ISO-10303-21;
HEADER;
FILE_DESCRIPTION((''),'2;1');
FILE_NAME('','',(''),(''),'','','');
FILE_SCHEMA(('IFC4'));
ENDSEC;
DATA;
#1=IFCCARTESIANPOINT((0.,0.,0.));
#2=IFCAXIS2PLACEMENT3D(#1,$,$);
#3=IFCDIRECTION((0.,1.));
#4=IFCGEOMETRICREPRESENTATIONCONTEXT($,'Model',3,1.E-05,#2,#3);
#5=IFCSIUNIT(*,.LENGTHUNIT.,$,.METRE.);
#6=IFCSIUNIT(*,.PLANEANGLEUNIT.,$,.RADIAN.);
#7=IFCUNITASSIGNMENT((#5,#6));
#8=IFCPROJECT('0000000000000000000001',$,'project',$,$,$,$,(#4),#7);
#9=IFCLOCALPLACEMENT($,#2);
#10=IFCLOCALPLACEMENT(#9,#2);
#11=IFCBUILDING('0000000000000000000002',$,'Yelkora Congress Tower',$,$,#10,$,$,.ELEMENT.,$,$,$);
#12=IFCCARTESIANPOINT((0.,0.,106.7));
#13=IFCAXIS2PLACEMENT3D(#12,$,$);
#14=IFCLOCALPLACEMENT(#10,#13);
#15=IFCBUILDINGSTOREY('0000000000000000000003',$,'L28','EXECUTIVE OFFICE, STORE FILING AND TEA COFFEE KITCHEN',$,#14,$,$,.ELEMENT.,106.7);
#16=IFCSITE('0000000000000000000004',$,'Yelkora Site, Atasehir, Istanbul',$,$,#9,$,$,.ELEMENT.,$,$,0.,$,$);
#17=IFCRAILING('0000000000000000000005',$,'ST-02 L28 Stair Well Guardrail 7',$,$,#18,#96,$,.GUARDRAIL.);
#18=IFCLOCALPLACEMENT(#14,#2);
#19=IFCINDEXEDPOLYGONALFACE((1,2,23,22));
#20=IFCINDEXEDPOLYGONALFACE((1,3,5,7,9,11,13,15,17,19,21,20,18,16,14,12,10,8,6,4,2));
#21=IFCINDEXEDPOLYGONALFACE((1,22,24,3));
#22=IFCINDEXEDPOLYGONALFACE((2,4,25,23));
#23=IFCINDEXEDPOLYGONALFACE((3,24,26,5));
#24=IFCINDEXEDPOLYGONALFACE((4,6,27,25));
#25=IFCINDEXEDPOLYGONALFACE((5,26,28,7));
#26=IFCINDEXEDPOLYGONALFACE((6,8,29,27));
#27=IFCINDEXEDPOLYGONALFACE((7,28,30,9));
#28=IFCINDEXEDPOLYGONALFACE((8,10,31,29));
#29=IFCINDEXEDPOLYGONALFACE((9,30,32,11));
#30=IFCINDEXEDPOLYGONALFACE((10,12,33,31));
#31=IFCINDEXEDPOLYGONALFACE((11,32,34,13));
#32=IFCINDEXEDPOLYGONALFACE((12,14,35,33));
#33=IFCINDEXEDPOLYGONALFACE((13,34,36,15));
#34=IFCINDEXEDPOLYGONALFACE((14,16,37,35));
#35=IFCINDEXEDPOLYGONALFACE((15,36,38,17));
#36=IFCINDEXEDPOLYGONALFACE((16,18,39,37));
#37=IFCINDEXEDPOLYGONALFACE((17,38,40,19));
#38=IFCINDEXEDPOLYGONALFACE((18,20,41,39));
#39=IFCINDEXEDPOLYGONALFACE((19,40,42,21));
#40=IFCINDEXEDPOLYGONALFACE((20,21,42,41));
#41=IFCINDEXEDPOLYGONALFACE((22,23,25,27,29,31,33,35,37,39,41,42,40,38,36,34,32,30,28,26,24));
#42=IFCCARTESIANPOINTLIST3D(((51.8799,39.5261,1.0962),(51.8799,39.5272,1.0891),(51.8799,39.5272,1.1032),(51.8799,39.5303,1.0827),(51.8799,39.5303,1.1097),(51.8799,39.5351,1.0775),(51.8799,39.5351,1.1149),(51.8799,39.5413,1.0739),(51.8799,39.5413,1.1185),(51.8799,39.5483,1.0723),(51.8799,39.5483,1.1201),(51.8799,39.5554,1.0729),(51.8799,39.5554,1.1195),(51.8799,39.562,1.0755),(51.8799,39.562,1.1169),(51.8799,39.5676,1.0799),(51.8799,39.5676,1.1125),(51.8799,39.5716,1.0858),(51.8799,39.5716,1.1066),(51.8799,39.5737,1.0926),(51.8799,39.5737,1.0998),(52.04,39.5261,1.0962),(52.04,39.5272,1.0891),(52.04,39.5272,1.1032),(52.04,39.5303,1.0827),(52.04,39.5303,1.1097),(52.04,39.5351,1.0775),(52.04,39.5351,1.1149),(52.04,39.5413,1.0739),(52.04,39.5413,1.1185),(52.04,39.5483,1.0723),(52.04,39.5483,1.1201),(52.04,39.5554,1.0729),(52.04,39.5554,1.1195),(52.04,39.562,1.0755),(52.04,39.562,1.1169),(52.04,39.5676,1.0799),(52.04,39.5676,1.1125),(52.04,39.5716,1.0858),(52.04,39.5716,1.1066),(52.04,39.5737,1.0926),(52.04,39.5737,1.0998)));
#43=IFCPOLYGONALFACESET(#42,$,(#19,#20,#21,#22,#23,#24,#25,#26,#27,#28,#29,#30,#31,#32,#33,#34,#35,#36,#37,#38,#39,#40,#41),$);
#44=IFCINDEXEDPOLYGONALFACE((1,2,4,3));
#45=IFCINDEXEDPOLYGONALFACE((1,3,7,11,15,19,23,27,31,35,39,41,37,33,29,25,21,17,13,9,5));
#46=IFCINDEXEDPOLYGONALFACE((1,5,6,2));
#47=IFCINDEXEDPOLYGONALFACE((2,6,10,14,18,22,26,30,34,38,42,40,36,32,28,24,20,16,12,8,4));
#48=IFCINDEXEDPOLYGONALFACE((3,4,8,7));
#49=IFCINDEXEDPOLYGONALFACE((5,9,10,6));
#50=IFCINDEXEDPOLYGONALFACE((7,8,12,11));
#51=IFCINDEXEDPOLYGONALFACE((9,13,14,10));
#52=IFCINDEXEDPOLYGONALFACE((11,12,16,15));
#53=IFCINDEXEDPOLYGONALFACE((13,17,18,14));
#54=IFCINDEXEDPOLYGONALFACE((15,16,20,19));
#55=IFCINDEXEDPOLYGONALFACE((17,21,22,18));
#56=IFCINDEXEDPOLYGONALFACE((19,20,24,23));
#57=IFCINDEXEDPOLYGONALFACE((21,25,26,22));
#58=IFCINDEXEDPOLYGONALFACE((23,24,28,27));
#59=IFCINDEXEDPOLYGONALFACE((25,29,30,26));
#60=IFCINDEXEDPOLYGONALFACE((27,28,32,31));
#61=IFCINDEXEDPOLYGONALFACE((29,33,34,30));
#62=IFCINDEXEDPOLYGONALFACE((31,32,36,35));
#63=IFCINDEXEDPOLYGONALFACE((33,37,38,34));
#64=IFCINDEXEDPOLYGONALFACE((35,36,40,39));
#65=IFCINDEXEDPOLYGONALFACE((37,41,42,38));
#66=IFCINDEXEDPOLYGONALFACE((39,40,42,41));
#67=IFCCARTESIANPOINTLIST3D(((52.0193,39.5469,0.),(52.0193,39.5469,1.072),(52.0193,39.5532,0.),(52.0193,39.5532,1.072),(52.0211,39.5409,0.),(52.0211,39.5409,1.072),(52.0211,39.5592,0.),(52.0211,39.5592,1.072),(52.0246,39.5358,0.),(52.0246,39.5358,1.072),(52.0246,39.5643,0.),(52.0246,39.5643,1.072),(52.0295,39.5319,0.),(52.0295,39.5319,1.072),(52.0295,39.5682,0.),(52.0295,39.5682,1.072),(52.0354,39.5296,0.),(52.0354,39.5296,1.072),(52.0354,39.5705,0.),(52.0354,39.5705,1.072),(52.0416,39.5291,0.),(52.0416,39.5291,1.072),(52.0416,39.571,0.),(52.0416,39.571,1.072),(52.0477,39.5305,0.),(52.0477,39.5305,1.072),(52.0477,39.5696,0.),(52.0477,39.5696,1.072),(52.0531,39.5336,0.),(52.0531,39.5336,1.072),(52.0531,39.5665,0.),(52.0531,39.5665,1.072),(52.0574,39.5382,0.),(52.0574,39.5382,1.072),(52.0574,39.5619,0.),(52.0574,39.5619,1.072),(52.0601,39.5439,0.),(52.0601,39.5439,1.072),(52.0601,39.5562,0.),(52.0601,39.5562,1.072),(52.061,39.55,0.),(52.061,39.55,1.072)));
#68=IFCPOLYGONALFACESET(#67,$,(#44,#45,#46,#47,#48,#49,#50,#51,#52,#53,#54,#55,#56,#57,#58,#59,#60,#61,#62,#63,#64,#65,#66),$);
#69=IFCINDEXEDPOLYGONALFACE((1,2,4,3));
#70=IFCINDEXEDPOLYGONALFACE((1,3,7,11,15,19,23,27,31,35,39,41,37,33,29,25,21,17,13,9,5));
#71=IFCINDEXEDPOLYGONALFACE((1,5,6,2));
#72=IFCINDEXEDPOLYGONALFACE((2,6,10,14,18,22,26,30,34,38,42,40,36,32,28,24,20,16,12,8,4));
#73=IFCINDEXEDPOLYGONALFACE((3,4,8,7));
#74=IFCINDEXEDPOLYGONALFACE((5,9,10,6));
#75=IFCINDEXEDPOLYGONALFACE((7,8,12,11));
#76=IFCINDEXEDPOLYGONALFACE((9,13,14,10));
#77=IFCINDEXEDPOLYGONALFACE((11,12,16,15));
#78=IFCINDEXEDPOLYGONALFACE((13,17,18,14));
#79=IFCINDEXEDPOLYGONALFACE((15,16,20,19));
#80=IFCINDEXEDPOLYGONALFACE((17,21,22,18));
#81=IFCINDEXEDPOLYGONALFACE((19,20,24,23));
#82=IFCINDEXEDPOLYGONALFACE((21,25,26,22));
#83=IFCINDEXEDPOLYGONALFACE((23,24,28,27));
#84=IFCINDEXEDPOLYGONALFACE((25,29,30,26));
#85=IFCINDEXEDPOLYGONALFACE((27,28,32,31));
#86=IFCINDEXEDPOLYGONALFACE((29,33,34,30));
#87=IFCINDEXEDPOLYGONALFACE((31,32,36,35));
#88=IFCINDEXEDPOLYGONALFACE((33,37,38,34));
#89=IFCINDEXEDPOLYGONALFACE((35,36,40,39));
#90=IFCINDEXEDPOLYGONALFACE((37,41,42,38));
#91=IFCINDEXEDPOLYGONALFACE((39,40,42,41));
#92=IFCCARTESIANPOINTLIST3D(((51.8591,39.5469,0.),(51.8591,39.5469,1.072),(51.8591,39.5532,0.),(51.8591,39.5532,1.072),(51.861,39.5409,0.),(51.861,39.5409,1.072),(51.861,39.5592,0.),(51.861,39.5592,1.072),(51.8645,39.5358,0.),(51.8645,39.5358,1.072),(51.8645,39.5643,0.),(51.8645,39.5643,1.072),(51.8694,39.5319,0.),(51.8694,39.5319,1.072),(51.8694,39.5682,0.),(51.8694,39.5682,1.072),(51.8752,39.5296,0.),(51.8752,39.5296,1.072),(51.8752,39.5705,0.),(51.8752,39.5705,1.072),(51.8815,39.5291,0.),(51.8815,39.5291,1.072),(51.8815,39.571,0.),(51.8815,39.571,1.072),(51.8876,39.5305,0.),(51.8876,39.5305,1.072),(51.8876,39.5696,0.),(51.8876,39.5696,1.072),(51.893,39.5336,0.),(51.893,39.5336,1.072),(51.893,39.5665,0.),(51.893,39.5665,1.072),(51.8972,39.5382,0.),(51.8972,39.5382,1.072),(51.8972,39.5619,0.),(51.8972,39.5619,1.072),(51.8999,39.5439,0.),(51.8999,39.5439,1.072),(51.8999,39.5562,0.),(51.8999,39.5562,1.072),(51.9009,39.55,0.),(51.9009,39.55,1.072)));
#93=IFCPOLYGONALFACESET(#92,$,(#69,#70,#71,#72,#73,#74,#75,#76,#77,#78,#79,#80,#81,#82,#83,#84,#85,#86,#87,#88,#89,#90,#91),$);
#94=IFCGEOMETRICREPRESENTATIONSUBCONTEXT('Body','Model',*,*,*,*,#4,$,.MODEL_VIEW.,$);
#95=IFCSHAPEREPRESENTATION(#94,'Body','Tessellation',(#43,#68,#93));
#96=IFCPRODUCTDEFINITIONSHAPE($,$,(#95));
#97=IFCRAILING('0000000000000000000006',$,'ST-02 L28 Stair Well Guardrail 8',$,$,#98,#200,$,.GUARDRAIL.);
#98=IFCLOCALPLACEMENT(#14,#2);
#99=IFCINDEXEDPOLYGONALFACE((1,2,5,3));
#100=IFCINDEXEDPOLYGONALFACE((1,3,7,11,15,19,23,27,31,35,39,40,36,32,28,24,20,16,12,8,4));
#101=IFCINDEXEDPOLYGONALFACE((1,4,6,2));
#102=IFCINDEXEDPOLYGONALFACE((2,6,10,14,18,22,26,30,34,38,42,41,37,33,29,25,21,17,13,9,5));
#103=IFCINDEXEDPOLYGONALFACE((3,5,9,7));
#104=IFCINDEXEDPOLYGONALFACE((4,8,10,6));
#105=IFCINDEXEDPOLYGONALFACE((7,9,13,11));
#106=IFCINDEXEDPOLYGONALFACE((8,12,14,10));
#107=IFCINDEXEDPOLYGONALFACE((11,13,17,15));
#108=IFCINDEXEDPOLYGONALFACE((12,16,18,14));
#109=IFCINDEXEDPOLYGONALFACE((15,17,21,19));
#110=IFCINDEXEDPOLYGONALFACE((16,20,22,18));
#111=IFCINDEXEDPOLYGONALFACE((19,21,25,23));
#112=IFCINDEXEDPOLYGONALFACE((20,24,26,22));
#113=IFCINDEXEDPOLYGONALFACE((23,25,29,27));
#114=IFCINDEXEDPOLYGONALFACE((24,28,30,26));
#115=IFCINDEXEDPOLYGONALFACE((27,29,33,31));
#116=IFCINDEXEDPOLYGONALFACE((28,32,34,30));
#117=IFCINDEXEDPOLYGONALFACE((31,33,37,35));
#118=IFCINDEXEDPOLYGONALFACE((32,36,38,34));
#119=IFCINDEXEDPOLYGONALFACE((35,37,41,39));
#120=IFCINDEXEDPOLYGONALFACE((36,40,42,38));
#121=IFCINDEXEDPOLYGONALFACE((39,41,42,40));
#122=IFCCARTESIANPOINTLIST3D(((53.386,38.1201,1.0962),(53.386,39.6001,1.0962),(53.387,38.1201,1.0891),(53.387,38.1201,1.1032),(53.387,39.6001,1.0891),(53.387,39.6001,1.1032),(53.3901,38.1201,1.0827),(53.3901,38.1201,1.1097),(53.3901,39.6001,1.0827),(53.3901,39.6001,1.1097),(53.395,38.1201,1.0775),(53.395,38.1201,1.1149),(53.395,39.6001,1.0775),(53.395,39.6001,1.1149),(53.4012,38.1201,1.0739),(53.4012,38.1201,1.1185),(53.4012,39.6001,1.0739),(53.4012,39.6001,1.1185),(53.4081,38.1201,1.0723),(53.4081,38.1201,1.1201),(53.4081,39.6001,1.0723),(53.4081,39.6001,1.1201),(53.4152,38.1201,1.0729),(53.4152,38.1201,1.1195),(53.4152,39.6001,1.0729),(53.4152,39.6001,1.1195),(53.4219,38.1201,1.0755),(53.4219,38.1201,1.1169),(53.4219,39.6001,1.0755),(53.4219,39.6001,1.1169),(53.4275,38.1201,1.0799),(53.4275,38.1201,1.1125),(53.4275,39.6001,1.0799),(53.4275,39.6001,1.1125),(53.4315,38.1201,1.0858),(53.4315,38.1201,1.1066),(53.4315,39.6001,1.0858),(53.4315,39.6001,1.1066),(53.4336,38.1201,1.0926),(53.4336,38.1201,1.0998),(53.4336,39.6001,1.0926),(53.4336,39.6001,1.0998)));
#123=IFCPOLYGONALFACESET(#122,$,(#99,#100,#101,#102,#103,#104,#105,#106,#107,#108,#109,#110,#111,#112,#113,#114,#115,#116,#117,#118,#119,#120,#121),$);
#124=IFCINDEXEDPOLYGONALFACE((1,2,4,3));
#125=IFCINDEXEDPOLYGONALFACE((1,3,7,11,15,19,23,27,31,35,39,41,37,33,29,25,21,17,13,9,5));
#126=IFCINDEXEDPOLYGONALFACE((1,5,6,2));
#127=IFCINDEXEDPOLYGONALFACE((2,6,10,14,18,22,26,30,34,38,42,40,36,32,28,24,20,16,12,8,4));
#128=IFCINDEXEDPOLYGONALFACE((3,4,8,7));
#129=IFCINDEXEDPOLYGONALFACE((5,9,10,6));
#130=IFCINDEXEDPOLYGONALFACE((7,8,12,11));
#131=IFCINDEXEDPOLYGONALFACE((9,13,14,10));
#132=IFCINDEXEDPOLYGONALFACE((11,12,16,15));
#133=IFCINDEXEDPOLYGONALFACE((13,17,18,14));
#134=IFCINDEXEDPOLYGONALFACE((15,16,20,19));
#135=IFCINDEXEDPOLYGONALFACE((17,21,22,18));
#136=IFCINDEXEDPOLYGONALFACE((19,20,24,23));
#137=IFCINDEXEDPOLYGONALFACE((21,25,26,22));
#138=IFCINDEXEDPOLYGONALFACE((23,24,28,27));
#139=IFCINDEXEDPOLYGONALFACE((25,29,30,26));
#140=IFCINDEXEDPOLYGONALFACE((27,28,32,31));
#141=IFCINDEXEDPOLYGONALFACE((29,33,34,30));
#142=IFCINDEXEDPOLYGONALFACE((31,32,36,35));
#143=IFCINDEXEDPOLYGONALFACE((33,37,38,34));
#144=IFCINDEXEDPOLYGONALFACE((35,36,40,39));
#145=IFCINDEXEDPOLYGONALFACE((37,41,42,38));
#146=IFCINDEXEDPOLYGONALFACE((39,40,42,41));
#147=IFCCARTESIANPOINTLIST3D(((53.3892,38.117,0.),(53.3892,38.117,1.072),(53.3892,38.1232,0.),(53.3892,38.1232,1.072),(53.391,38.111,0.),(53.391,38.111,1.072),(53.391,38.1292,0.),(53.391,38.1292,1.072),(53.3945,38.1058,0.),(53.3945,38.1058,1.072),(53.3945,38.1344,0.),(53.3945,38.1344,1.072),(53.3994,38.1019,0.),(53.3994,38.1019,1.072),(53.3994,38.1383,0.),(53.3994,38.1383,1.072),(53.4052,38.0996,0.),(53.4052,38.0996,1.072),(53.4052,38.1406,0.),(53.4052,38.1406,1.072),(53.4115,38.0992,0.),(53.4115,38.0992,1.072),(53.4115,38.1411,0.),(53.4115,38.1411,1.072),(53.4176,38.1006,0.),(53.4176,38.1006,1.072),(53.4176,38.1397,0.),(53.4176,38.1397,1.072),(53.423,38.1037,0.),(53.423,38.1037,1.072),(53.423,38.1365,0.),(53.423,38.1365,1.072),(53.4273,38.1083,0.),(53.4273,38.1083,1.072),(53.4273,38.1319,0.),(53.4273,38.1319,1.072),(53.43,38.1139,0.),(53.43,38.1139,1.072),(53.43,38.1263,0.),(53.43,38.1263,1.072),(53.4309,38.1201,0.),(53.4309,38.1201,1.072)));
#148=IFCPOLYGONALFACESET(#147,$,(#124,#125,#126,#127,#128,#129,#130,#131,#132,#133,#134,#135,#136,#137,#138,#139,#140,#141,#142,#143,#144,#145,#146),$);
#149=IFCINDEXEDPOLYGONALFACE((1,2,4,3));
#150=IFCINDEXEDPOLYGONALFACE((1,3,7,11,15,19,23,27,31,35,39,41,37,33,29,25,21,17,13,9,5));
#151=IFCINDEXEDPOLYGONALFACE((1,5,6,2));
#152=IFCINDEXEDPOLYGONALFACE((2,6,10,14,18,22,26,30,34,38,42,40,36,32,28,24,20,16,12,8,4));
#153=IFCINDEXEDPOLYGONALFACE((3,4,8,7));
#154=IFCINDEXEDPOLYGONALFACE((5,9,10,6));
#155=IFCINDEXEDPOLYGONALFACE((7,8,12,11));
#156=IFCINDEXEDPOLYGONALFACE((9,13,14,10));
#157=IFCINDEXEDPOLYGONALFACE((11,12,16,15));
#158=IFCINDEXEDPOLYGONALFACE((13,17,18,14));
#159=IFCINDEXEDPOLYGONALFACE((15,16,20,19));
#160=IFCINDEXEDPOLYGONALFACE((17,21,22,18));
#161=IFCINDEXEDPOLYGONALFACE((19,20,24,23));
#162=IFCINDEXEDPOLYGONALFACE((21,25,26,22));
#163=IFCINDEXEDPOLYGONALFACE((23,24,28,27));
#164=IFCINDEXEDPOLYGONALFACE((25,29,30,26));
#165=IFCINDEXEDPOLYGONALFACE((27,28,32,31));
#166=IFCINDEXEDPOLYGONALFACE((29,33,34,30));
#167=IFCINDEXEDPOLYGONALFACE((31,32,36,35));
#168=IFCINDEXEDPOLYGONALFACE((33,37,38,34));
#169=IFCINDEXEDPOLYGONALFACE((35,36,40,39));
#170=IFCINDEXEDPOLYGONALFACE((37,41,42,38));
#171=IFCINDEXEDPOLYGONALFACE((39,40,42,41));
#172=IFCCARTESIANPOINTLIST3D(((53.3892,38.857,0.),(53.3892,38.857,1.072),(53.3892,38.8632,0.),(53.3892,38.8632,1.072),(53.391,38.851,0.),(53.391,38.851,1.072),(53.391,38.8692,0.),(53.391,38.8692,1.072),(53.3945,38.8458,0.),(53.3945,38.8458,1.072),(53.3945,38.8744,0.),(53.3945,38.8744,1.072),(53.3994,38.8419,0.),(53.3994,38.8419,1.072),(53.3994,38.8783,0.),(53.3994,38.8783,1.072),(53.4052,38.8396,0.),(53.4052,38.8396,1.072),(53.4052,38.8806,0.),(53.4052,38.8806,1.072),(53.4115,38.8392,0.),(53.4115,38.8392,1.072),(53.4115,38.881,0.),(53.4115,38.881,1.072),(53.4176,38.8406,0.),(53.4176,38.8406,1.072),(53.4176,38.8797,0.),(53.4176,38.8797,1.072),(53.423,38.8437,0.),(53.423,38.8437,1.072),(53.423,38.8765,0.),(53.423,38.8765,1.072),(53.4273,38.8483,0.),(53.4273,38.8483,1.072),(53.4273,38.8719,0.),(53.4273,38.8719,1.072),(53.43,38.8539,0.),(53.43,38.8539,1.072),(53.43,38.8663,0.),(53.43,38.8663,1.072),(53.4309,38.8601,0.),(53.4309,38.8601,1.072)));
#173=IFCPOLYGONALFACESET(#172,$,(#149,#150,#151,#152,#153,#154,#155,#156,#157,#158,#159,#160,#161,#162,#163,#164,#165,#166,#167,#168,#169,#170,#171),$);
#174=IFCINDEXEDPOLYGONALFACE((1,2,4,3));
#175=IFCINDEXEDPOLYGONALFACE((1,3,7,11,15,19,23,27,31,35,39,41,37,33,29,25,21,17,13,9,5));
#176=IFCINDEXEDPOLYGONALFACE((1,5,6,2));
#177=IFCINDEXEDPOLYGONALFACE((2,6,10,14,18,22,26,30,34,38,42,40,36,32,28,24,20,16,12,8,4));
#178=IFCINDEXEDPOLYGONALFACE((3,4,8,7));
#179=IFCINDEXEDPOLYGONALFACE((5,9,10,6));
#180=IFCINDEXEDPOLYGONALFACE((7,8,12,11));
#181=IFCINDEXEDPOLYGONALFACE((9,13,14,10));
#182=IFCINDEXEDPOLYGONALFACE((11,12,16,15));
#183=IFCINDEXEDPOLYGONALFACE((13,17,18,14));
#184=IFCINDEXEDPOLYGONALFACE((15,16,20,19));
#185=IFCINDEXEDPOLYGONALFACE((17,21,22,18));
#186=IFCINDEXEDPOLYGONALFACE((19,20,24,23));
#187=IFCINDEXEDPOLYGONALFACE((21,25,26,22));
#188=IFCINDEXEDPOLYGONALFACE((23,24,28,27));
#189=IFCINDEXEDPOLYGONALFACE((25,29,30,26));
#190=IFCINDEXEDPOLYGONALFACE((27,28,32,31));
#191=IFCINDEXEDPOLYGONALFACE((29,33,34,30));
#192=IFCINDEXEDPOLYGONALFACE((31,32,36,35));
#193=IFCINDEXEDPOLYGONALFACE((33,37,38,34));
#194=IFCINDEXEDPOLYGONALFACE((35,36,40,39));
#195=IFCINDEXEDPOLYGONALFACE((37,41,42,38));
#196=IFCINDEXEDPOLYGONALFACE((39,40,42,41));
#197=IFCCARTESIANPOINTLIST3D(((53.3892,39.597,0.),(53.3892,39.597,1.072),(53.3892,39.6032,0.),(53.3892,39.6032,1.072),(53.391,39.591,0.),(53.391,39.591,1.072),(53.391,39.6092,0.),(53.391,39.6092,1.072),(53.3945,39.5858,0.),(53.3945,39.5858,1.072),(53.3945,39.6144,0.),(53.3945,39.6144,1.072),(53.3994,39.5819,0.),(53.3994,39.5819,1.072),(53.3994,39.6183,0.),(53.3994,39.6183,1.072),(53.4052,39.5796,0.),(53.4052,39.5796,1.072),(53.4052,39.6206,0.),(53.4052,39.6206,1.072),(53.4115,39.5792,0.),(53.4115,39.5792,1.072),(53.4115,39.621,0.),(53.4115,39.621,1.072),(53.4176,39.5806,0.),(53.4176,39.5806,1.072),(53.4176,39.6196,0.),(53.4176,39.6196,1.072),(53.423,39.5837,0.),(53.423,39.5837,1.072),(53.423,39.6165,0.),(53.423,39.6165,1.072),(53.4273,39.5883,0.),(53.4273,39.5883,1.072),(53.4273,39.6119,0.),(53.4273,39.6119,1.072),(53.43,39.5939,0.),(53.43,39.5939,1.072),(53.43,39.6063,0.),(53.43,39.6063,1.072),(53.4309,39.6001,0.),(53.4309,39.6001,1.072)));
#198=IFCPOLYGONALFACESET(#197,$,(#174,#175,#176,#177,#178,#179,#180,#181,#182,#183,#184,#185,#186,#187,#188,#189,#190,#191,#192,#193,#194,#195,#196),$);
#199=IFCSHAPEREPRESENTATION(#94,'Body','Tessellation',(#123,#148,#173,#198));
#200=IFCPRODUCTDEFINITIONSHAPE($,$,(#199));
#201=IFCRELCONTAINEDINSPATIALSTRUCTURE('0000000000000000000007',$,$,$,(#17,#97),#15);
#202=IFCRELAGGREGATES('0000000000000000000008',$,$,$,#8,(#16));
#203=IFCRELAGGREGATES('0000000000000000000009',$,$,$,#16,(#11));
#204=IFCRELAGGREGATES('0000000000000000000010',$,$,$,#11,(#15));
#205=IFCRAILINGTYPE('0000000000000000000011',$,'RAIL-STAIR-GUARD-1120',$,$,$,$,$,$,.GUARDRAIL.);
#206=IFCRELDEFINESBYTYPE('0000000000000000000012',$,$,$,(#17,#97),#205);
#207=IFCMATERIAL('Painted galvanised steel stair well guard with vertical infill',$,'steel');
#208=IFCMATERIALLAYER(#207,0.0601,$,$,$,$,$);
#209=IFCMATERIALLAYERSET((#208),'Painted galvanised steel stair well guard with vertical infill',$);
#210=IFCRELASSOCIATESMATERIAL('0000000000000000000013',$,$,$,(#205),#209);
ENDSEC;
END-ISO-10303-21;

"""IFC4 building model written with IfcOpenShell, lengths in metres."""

from ifc_helpers import new_model, si_unit, direction, frame, origin, origin_2d, place, context, subcontext, project, spatial, circle, extrude, material, layer, layer_set, type_object, element, save


model = new_model("IFC4")

# Units and contexts
model_context = context("Model", 3, precision=1e-05, world=origin(), true_north=direction((0.0, 1.0)))
body_context = subcontext(model_context, "Body", "Model", "MODEL_VIEW")
ifc_project = project(units=[si_unit("LENGTHUNIT", "METRE"), si_unit("PLANEANGLEUNIT", "RADIAN")], contexts=[model_context])

# Site, building, storey
site_placement = place(None, origin())
site = spatial("IfcSite", under=ifc_project, at=site_placement, Name="Yelkora Site, Atasehir, Istanbul", CompositionType="ELEMENT", RefElevation=0.0)
building_placement = place(site_placement, origin())
building = spatial("IfcBuilding", under=site, at=building_placement, Name="Yelkora Congress Tower", CompositionType="ELEMENT")
storey_placement = place(building_placement, frame((0.0, 0.0, 106.7)))
storey = spatial("IfcBuildingStorey", under=building, at=storey_placement, Name="L28", Description="EXECUTIVE OFFICE, STORE FILING AND TEA COFFEE KITCHEN", CompositionType="ELEMENT", Elevation=106.7)

# Railings
ifc_material_1 = material(Name="Painted galvanised steel stair well guard with vertical infill", Category="steel")
ifc_layer_1 = layer(ifc_material_1, 0.0601)
ifc_layer_set_1 = layer_set([ifc_layer_1], Name="Painted galvanised steel stair well guard with vertical infill")
railing_type_1 = type_object("IfcRailingType", Name="RAIL-STAIR-GUARD-1120", PredefinedType="GUARDRAIL", material=ifc_layer_set_1)
railing_1_placement = place(storey_placement, frame((52.04, 39.55, 0.0)))
element("IfcRailing", 1, at=railing_1_placement, inside=storey, type_object=railing_type_1, Name="ST-02 L28 Stair Well Guardrail 7", PredefinedType="GUARDRAIL", context=body_context, shape_type="SweptSolid", body=[
    extrude(circle(Radius=0.0239, at=origin_2d()), frame((0.0, 0.0, 1.0962), z_axis=(-1.0, 0.0, 0.0), x_axis=(0.0, -1.0, 0.0)), (0.0, 0.0, 1.0), 0.1602),
    extrude(circle(Radius=0.021, at=origin_2d()), origin(), (0.0, 0.0, 1.0), 1.072),
    extrude(circle(Radius=0.021, at=origin_2d()), frame((-0.1602, 0.0, 0.0)), (0.0, 0.0, 1.0), 1.072),
])
for number, where, name in (
    (2, (53.4099, 38.1201, 0.0), "ST-02 L28 Stair Well Guardrail 8"),
):
    element("IfcRailing", number, at=place(storey_placement, frame(where)), inside=storey, type_object=railing_type_1, Name=name, PredefinedType="GUARDRAIL", context=body_context, shape_type="SweptSolid", body=[
        extrude(circle(Radius=0.0239, at=origin_2d()), frame((0.0, 0.0, 1.0962), z_axis=(0.0, 1.0, 0.0), x_axis=(-1.0, 0.0, 0.0)), (0.0, 0.0, 1.0), 1.48),
        extrude(circle(Radius=0.021, at=origin_2d()), origin(), (0.0, 0.0, 1.0), 1.072),
        extrude(circle(Radius=0.021, at=origin_2d()), frame((0.0, 0.74, 0.0)), (0.0, 0.0, 1.0), 1.072),
        extrude(circle(Radius=0.021, at=origin_2d()), frame((0.0, 1.48, 0.0)), (0.0, 0.0, 1.0), 1.072),
    ])

save(model, "model.ifc")
